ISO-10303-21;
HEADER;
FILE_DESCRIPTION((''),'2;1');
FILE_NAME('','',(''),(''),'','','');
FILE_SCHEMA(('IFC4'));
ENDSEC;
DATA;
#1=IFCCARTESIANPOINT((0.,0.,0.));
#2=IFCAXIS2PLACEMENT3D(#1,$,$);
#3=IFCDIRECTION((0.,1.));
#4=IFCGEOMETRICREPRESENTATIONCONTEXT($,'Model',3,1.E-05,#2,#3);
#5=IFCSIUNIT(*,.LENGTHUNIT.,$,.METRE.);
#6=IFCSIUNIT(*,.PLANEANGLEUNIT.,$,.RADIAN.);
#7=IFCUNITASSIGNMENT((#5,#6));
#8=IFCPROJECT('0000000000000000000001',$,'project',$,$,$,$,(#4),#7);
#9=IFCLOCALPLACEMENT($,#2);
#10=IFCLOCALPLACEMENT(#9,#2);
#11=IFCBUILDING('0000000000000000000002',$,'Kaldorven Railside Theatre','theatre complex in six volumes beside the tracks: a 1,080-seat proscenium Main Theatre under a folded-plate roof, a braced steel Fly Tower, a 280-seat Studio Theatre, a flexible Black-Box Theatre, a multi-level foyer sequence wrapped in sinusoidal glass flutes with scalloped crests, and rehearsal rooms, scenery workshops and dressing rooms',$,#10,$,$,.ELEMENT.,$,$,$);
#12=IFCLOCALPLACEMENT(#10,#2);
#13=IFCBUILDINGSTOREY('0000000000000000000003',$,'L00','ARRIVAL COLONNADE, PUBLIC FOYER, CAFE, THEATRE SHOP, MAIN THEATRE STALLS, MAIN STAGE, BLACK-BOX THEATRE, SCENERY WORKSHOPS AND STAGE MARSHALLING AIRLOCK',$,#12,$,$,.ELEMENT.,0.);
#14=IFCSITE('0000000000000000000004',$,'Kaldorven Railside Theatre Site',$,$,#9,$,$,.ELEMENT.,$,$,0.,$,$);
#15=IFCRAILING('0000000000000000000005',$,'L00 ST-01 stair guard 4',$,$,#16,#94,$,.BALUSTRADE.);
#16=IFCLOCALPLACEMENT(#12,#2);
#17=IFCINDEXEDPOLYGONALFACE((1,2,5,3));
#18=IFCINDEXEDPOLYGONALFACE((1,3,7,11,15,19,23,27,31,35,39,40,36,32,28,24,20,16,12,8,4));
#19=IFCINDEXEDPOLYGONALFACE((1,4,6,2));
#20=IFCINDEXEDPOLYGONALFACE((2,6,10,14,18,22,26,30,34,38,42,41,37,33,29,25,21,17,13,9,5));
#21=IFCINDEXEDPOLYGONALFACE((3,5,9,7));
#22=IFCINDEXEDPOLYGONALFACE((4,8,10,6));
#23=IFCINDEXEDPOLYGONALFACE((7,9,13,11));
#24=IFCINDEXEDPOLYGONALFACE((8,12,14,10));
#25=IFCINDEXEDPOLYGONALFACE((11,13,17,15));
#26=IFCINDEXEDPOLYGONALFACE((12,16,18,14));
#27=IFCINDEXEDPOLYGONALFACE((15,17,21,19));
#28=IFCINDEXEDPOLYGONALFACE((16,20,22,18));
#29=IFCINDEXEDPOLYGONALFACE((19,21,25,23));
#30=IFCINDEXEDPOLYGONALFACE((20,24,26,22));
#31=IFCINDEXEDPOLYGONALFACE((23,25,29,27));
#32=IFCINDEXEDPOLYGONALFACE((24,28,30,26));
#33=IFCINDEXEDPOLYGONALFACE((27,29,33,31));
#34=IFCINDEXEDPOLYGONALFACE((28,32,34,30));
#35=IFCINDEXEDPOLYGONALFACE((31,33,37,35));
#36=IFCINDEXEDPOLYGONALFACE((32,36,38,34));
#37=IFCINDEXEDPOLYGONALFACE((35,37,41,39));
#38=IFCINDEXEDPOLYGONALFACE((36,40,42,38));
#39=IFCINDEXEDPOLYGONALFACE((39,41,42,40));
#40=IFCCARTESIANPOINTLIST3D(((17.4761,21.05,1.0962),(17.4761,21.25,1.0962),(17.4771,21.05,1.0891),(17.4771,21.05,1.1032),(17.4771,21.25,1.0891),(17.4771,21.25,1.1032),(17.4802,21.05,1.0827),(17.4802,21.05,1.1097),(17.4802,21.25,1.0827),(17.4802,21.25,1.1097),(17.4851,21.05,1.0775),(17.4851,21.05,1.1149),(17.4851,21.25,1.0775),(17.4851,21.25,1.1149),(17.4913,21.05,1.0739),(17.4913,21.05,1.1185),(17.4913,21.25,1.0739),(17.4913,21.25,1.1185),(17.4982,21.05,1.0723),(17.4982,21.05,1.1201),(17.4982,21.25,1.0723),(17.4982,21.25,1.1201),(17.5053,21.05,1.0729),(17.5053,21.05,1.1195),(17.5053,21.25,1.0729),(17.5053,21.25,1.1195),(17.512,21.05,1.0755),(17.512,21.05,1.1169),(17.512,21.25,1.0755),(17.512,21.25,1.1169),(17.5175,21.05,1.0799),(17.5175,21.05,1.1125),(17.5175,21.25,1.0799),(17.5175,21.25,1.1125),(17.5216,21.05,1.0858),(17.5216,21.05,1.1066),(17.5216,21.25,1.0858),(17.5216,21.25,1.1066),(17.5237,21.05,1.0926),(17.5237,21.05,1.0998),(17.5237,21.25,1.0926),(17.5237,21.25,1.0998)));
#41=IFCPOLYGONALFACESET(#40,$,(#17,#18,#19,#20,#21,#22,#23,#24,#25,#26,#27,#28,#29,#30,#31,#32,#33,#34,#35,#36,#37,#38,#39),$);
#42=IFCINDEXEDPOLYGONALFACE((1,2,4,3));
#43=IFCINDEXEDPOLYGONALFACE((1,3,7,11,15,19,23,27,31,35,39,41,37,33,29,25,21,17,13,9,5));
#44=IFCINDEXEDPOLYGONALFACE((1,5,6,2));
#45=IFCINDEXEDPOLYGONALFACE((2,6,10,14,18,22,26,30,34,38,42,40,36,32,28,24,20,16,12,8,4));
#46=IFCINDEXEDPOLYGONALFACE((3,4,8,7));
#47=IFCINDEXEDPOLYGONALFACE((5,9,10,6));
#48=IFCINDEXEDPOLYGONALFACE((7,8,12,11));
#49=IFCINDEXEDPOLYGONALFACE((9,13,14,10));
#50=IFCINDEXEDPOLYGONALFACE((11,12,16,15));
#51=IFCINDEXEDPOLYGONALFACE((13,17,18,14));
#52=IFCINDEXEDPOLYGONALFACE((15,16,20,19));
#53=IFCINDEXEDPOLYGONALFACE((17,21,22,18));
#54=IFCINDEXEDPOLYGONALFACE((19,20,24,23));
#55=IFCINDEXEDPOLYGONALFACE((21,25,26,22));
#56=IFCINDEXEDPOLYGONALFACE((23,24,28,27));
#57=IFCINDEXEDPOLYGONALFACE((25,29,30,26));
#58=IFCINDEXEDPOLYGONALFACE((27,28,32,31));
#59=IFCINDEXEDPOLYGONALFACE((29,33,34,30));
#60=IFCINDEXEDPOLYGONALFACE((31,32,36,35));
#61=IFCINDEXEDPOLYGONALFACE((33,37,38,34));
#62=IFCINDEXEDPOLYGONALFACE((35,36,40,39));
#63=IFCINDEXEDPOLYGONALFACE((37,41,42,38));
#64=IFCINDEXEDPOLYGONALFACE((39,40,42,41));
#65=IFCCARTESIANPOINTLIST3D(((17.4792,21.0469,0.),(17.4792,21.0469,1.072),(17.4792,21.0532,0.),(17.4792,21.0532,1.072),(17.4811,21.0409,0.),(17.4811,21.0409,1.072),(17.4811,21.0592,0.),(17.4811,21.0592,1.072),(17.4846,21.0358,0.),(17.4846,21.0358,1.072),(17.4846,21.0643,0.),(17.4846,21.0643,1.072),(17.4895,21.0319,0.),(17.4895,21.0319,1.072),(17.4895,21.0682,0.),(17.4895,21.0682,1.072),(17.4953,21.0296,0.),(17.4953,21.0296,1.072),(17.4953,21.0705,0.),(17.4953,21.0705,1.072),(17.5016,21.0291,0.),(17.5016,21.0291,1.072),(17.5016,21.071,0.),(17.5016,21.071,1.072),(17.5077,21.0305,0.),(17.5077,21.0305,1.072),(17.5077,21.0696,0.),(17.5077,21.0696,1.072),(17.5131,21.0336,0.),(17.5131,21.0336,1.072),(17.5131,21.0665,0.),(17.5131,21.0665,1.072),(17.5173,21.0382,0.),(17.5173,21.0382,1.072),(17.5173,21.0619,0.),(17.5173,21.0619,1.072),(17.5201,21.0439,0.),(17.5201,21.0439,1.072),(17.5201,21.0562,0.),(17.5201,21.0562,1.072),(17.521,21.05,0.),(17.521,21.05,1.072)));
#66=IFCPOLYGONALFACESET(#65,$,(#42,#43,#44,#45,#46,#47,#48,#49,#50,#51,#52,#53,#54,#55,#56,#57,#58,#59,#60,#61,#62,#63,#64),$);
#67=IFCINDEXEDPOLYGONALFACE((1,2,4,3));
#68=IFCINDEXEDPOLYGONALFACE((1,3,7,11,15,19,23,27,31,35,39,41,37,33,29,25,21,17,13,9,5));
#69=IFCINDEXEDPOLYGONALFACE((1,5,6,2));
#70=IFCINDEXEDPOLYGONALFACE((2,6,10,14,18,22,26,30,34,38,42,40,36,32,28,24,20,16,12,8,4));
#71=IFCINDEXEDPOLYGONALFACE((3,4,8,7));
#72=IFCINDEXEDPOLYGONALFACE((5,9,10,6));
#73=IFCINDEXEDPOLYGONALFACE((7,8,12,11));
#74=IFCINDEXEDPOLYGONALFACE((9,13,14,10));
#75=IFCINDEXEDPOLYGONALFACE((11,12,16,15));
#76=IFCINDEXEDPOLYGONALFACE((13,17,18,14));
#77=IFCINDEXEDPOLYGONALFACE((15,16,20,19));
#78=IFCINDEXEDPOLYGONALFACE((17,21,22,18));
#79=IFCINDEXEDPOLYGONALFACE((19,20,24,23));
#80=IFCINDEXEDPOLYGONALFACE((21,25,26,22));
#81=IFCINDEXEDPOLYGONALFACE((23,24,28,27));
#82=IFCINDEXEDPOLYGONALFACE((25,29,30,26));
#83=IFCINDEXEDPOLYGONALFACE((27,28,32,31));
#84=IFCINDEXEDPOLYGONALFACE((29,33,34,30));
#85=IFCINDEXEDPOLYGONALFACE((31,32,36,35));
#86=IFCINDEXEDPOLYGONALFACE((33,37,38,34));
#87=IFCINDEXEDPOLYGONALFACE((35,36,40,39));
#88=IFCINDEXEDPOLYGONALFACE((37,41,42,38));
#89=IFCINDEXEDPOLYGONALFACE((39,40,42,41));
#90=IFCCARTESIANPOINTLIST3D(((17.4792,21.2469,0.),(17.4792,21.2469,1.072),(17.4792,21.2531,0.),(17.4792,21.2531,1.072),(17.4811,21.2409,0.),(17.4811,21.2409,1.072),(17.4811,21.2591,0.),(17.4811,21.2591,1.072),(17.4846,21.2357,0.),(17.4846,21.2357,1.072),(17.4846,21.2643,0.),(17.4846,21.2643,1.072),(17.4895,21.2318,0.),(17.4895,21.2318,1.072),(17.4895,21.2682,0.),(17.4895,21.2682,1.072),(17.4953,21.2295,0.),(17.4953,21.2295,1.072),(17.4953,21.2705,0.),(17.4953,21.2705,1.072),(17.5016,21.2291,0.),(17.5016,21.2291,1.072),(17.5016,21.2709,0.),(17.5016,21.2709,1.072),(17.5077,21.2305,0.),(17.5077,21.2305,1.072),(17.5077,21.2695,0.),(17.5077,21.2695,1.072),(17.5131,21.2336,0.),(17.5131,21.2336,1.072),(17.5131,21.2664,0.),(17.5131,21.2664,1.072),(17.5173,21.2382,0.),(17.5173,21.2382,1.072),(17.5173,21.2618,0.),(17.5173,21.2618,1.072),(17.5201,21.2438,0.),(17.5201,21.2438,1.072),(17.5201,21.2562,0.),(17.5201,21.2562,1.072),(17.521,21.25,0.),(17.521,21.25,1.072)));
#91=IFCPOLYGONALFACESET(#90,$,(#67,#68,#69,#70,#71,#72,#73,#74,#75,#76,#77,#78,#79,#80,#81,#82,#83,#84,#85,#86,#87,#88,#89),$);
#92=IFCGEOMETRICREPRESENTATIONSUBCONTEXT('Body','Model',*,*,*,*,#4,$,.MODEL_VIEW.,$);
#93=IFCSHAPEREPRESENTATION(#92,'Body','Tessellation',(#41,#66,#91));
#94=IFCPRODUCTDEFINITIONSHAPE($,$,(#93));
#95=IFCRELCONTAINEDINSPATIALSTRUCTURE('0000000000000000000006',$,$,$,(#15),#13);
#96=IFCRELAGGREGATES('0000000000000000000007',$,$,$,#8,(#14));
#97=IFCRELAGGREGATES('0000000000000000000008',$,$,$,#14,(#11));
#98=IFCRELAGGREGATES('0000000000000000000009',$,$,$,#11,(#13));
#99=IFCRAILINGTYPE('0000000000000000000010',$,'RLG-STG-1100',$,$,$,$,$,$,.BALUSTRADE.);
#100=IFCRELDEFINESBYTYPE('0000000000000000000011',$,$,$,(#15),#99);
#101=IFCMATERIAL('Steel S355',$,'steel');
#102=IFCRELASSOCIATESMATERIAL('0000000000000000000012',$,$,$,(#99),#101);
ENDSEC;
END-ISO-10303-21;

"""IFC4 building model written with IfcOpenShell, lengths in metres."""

from ifc_helpers import new_model, si_unit, direction, frame, origin, origin_2d, place, context, subcontext, project, spatial, circle, extrude, material, type_object, element, save


model = new_model("IFC4")

# Units and contexts
model_context = context("Model", 3, precision=1e-05, world=origin(), true_north=direction((0.0, 1.0)))
body_context = subcontext(model_context, "Body", "Model", "MODEL_VIEW")
ifc_project = project(units=[si_unit("LENGTHUNIT", "METRE"), si_unit("PLANEANGLEUNIT", "RADIAN")], contexts=[model_context])

# Site, building, storey
site_placement = place(None, origin())
site = spatial("IfcSite", under=ifc_project, at=site_placement, Name="Kaldorven Railside Theatre Site", CompositionType="ELEMENT", RefElevation=0.0)
building_placement = place(site_placement, origin())
building = spatial("IfcBuilding", under=site, at=building_placement, Name="Kaldorven Railside Theatre", Description="theatre complex in six volumes beside the tracks: a 1,080-seat proscenium Main Theatre under a folded-plate roof, a braced steel Fly Tower, a 280-seat Studio Theatre, a flexible Black-Box Theatre, a multi-level foyer sequence wrapped in sinusoidal glass flutes with scalloped crests, and rehearsal rooms, scenery workshops and dressing rooms", CompositionType="ELEMENT")
storey_placement = place(building_placement, origin())
storey = spatial("IfcBuildingStorey", under=building, at=storey_placement, Name="L00", Description="ARRIVAL COLONNADE, PUBLIC FOYER, CAFE, THEATRE SHOP, MAIN THEATRE STALLS, MAIN STAGE, BLACK-BOX THEATRE, SCENERY WORKSHOPS AND STAGE MARSHALLING AIRLOCK", CompositionType="ELEMENT", Elevation=0.0)

# Shared definitions
ifc_material_1 = material(Name="Steel S355", Category="steel")

# Railing
railing_type_1 = type_object("IfcRailingType", Name="RLG-STG-1100", PredefinedType="BALUSTRADE", material=ifc_material_1)
railing_1_placement = place(storey_placement, frame((17.5, 21.05, 0.0)))
element("IfcRailing", 1, at=railing_1_placement, inside=storey, type_object=railing_type_1, Name="L00 ST-01 stair guard 4", PredefinedType="BALUSTRADE", context=body_context, shape_type="SweptSolid", body=[
    extrude(circle(Radius=0.0239, at=origin_2d()), frame((0.0, 0.0, 1.0962), z_axis=(0.0, 1.0, 0.0), x_axis=(-1.0, 0.0, 0.0)), (0.0, 0.0, 1.0), 0.2),
    extrude(circle(Radius=0.021, at=origin_2d()), origin(), (0.0, 0.0, 1.0), 1.072),
    extrude(circle(Radius=0.021, at=origin_2d()), frame((0.0, 0.2, 0.0)), (0.0, 0.0, 1.0), 1.072),
])

save(model, "model.ifc")
